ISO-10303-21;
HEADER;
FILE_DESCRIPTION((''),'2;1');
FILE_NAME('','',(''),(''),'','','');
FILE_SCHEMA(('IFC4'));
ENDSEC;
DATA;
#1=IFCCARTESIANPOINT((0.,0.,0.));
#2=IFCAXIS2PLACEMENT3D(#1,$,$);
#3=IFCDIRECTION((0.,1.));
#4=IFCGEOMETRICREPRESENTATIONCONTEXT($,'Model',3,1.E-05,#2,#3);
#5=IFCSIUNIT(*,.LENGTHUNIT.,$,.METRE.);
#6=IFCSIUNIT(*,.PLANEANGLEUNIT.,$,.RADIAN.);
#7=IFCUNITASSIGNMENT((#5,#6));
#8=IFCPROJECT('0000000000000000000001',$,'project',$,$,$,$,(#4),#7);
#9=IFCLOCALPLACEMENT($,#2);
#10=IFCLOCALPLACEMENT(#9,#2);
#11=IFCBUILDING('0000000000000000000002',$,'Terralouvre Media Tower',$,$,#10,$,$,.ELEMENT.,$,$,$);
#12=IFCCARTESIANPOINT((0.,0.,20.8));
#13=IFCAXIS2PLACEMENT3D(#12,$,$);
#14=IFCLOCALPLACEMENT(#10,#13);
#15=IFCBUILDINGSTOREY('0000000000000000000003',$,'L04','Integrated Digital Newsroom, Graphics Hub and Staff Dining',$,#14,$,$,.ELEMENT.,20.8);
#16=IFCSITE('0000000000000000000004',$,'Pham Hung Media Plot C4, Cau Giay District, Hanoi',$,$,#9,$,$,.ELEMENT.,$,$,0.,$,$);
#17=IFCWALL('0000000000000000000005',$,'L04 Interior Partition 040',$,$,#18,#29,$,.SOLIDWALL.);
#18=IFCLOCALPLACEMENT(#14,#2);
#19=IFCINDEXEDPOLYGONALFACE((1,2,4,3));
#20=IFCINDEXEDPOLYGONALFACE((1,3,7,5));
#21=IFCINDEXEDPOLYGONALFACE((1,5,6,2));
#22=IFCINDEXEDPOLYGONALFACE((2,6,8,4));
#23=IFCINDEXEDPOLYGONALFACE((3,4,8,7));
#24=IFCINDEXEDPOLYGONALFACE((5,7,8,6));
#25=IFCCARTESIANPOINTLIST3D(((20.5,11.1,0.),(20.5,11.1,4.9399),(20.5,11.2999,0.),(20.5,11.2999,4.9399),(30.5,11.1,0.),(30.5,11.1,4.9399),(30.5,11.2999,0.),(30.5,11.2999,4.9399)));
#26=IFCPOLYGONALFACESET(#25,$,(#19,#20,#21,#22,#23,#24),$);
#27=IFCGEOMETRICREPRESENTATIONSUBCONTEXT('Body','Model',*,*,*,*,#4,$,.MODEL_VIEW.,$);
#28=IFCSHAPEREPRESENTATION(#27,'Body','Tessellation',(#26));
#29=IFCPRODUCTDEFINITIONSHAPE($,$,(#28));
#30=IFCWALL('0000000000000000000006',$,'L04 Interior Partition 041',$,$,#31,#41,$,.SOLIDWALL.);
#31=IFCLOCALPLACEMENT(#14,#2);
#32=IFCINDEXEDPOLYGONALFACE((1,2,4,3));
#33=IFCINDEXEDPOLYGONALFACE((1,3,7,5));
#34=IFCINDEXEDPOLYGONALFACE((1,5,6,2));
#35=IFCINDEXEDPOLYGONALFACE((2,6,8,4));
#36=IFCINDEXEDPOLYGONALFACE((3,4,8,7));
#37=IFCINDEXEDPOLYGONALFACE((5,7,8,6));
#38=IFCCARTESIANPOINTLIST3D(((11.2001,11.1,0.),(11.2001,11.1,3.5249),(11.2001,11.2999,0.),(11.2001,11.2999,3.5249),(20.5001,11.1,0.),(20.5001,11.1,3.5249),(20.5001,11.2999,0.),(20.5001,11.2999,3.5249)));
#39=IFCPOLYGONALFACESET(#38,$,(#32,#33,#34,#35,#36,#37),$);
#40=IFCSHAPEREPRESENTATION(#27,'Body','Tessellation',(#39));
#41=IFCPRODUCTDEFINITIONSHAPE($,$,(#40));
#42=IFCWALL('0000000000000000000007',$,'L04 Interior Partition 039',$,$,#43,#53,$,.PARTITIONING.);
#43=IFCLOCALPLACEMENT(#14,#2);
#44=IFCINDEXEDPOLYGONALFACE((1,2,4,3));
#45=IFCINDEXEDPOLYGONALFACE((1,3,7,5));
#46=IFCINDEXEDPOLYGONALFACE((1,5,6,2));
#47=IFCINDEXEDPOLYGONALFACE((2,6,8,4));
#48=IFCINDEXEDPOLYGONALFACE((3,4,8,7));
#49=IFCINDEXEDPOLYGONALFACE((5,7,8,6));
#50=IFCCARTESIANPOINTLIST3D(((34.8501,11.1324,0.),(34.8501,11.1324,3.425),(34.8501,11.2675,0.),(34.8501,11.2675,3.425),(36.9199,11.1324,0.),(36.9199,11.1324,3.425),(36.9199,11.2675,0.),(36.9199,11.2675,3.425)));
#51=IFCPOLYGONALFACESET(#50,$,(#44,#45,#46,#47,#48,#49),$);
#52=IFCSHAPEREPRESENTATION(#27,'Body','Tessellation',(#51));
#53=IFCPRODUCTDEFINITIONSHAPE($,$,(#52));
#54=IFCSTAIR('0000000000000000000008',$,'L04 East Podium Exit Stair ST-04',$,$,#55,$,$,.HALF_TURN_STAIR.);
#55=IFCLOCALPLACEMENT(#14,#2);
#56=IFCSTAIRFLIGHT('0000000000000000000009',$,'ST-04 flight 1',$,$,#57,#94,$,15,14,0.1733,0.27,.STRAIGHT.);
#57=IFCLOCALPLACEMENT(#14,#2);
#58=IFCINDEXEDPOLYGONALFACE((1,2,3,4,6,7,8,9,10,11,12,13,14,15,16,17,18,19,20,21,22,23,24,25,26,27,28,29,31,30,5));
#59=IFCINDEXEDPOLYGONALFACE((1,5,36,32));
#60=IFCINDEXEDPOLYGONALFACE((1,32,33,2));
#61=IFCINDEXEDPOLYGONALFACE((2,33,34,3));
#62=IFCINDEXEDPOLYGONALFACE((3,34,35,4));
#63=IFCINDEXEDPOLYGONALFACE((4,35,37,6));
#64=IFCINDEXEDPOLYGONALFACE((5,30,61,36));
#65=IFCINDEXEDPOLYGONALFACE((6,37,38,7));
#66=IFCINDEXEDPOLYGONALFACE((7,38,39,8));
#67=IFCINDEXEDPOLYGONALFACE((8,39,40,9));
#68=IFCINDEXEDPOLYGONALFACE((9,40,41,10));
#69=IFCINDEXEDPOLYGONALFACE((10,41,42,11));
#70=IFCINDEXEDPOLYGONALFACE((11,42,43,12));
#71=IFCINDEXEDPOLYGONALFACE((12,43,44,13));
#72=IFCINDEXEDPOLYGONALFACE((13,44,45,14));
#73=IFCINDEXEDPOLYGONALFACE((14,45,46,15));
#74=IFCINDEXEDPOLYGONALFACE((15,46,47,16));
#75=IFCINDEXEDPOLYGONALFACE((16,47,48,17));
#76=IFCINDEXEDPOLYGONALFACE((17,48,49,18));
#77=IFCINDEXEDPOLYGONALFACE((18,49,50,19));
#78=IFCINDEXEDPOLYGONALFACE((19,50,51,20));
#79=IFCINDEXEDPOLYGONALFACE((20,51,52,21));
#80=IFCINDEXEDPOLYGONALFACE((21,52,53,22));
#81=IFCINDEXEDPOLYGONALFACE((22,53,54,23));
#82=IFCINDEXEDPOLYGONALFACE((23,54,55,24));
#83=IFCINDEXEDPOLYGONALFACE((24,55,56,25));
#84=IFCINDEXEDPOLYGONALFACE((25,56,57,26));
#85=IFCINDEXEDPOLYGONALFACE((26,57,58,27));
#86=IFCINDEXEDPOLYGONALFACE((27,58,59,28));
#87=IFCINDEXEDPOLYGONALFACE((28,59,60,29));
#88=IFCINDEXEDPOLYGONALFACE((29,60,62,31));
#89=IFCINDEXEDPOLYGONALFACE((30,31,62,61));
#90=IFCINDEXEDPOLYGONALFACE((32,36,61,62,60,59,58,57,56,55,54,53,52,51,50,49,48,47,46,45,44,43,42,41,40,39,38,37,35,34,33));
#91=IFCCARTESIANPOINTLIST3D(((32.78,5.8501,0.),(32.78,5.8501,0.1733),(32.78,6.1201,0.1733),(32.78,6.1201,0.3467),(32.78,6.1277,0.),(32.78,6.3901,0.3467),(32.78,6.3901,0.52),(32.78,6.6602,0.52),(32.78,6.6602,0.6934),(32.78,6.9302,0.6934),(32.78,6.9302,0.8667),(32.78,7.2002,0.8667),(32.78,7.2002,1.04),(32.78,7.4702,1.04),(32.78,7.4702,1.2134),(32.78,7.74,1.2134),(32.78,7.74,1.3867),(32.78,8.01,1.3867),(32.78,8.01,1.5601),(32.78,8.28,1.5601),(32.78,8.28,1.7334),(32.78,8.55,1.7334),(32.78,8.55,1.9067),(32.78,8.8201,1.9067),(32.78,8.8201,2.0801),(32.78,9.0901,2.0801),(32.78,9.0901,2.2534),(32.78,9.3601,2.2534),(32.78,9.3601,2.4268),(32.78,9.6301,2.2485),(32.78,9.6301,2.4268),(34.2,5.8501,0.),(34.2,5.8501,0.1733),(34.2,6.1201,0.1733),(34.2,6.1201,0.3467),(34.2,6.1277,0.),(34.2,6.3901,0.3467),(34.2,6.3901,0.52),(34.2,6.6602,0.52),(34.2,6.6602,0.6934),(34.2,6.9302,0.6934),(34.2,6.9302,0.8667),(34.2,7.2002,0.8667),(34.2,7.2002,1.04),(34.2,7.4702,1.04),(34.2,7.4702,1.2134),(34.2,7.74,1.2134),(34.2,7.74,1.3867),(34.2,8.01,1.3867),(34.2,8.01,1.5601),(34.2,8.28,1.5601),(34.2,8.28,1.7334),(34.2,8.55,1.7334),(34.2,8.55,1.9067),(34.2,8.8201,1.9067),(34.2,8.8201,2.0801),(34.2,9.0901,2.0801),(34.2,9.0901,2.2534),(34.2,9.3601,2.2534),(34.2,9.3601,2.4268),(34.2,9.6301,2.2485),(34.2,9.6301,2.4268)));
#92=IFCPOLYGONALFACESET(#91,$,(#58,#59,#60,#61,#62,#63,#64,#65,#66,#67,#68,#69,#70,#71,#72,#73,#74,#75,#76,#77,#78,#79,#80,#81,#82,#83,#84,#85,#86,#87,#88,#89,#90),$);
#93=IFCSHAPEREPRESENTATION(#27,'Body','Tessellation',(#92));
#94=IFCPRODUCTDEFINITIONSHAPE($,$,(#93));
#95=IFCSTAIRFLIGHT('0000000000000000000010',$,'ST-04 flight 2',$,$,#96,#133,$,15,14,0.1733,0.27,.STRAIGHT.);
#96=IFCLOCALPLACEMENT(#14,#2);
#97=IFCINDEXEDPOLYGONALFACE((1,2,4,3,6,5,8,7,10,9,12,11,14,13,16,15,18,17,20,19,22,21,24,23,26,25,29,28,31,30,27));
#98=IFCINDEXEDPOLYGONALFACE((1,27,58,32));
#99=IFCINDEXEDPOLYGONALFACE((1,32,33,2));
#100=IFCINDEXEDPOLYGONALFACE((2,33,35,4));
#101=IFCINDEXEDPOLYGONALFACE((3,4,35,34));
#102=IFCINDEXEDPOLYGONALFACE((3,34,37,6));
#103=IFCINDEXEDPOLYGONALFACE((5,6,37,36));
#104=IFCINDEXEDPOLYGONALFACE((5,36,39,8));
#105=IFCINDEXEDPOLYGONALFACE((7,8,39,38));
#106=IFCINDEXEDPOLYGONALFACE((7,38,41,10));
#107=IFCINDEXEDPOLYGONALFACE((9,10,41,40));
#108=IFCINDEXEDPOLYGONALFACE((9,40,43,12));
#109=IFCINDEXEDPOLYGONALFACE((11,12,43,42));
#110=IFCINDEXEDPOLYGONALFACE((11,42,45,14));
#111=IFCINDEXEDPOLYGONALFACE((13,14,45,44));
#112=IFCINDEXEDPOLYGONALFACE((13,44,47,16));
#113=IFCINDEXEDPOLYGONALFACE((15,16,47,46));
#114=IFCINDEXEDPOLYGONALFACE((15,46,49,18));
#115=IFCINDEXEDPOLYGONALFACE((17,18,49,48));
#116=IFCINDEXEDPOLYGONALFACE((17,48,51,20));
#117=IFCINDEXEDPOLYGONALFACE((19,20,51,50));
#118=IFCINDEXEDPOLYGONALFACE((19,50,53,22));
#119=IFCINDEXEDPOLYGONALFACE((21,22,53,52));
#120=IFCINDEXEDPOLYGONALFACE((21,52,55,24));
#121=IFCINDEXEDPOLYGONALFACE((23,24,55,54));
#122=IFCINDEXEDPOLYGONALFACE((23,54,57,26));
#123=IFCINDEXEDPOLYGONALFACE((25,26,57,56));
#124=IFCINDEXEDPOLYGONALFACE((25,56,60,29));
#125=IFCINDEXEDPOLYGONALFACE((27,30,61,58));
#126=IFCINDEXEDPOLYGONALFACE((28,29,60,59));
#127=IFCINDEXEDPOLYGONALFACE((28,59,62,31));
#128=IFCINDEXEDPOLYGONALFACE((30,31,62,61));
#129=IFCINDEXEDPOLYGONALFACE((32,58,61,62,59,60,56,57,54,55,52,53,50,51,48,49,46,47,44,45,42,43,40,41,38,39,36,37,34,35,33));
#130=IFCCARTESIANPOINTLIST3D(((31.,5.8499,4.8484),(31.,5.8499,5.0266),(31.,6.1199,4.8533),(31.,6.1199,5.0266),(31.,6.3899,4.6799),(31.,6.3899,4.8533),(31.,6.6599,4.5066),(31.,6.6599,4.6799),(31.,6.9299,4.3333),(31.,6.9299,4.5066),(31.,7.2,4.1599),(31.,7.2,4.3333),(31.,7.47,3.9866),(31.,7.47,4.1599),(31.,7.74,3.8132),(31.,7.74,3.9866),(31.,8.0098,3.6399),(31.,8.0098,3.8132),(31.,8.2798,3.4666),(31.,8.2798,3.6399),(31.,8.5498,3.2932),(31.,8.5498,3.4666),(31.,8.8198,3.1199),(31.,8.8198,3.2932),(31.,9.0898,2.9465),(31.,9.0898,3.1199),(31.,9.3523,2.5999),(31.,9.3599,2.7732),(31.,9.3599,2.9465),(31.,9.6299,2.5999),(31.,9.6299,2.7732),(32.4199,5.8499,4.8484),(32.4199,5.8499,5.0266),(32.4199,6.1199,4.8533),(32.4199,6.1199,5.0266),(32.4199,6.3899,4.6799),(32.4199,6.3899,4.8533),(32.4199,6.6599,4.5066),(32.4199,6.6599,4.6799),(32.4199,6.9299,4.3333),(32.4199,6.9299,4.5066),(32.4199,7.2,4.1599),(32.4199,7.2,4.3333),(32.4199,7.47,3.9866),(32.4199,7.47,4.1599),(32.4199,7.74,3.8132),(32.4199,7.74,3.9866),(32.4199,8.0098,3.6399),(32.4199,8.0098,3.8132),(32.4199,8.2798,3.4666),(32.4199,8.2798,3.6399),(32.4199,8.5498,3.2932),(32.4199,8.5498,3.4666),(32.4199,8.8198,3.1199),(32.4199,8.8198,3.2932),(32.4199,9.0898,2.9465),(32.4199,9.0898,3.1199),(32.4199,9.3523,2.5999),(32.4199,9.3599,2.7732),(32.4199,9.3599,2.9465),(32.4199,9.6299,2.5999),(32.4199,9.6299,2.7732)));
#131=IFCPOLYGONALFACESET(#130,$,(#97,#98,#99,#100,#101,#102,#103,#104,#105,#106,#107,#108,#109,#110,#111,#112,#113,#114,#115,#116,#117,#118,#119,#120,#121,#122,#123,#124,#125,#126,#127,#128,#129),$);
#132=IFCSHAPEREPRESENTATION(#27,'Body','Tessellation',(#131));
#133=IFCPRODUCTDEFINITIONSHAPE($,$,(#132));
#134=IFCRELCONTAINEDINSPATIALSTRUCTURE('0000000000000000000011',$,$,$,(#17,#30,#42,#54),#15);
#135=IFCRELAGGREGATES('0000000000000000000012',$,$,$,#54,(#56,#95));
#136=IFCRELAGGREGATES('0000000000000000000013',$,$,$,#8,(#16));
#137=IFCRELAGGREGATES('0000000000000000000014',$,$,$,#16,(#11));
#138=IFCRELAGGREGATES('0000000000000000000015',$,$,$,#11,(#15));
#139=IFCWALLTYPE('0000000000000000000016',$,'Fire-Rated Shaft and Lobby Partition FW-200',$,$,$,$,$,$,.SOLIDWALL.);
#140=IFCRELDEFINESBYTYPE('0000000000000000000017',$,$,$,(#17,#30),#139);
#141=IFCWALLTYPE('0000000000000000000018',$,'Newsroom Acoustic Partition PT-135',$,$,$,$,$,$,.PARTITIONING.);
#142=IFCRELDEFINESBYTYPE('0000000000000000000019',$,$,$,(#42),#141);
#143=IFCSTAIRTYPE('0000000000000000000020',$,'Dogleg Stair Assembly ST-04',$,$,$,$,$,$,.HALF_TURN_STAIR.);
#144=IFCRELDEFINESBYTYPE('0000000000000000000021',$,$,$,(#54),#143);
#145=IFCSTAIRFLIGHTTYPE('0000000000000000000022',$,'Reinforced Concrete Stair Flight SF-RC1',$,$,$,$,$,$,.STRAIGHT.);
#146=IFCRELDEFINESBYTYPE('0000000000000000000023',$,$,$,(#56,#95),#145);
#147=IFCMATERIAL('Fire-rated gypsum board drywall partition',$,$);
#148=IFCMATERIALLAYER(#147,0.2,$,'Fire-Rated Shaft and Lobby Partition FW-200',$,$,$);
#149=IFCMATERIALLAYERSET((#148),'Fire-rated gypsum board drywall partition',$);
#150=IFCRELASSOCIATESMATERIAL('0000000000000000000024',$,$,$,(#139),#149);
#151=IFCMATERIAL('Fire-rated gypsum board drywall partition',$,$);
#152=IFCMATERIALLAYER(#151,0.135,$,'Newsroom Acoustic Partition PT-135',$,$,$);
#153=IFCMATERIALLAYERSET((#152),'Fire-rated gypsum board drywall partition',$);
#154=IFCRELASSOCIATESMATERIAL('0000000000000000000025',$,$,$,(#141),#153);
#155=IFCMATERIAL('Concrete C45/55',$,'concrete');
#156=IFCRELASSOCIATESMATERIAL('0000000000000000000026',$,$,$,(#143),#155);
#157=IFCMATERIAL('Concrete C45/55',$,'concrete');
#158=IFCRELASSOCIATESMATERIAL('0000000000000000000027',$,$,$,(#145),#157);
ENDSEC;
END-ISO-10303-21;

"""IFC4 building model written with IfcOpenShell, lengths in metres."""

from ifc_helpers import new_model, si_unit, direction, frame, frame_2d, origin, place, context, subcontext, project, spatial, polyline, rectangle, outline, extrude, material, layer, layer_set, type_object, element, aggregate, save


model = new_model("IFC4")

# Units and contexts
model_context = context("Model", 3, precision=1e-05, world=origin(), true_north=direction((0.0, 1.0)))
body_context = subcontext(model_context, "Body", "Model", "MODEL_VIEW")
ifc_project = project(units=[si_unit("LENGTHUNIT", "METRE"), si_unit("PLANEANGLEUNIT", "RADIAN")], contexts=[model_context])

# Site, building, storey
site_placement = place(None, origin())
site = spatial("IfcSite", under=ifc_project, at=site_placement, Name="Pham Hung Media Plot C4, Cau Giay District, Hanoi", CompositionType="ELEMENT", RefElevation=0.0)
building_placement = place(site_placement, origin())
building = spatial("IfcBuilding", under=site, at=building_placement, Name="Terralouvre Media Tower", CompositionType="ELEMENT")
storey_placement = place(building_placement, frame((0.0, 0.0, 20.8)))
storey = spatial("IfcBuildingStorey", under=building, at=storey_placement, Name="L04", Description="Integrated Digital Newsroom, Graphics Hub and Staff Dining", CompositionType="ELEMENT", Elevation=20.8)

# Shared definitions
ifc_material_1 = material(Name="Fire-rated gypsum board drywall partition")
ifc_layer_1 = layer(ifc_material_1, 0.2, Name="Fire-Rated Shaft and Lobby Partition FW-200")
ifc_layer_set_1 = layer_set([ifc_layer_1], Name="Fire-rated gypsum board drywall partition")
wall_type_1 = type_object("IfcWallType", Name="Fire-Rated Shaft and Lobby Partition FW-200", PredefinedType="SOLIDWALL", material=ifc_layer_set_1)

# Walls
wall_1_placement = place(storey_placement, frame((30.5, 11.2, 0.0), z_axis=(0.0, 0.0, 1.0), x_axis=(-1.0, 0.0, 0.0)))
element("IfcWall", 1, at=wall_1_placement, inside=storey, type_object=wall_type_1, Name="L04 Interior Partition 040", PredefinedType="SOLIDWALL", context=body_context, shape_type="SweptSolid", body=[
    extrude(rectangle(XDim=10.0, YDim=0.2, at=frame_2d((5.0, 0.0))), origin(), (0.0, 0.0, 1.0), 4.9399),
])
wall_2_placement = place(storey_placement, frame((20.5, 11.2, 0.0), z_axis=(0.0, 0.0, 1.0), x_axis=(-1.0, 0.0, 0.0)))
element("IfcWall", 2, at=wall_2_placement, inside=storey, type_object=wall_type_1, Name="L04 Interior Partition 041", PredefinedType="SOLIDWALL", context=body_context, shape_type="SweptSolid", body=[
    extrude(rectangle(XDim=9.3, YDim=0.2, at=frame_2d((4.6499, 0.0))), origin(), (0.0, 0.0, 1.0), 3.5249),
])
ifc_material_2 = material(Name="Fire-rated gypsum board drywall partition")
ifc_layer_2 = layer(ifc_material_2, 0.135, Name="Newsroom Acoustic Partition PT-135")
ifc_layer_set_2 = layer_set([ifc_layer_2], Name="Fire-rated gypsum board drywall partition")
wall_type_2 = type_object("IfcWallType", Name="Newsroom Acoustic Partition PT-135", PredefinedType="PARTITIONING", material=ifc_layer_set_2)
wall_3_placement = place(storey_placement, frame((36.9199, 11.2, 0.0), z_axis=(0.0, 0.0, 1.0), x_axis=(-1.0, 0.0, 0.0)))
element("IfcWall", 3, at=wall_3_placement, inside=storey, type_object=wall_type_2, Name="L04 Interior Partition 039", PredefinedType="PARTITIONING", context=body_context, shape_type="SweptSolid", body=[
    extrude(rectangle(XDim=2.0698, YDim=0.135, at=frame_2d((1.0349, 0.0))), origin(), (0.0, 0.0, 1.0), 3.425),
])

# Stair, stair flights
ifc_material_3 = material(Name="Concrete C45/55", Category="concrete")
stair_type = type_object("IfcStairType", Name="Dogleg Stair Assembly ST-04", PredefinedType="HALF_TURN_STAIR", material=ifc_material_3)
stair_placement = place(storey_placement, origin())
stair = element("IfcStair", 4, at=stair_placement, inside=storey, type_object=stair_type, Name="L04 East Podium Exit Stair ST-04", PredefinedType="HALF_TURN_STAIR")
ifc_material_4 = material(Name="Concrete C45/55", Category="concrete")
stair_flight_type = type_object("IfcStairFlightType", Name="Reinforced Concrete Stair Flight SF-RC1", PredefinedType="STRAIGHT", material=ifc_material_4)
stair_flight_1_placement = place(storey_placement, frame((33.49, 5.8501, 0.0), z_axis=(0.0, 0.0, 1.0), x_axis=(0.0, 1.0, 0.0)))
stair_flight_1 = element("IfcStairFlight", 5, at=stair_flight_1_placement, type_object=stair_flight_type, Name="ST-04 flight 1", NumberOfRisers=15, NumberOfTreads=14, PredefinedType="STRAIGHT", RiserHeight=0.1733, TreadLength=0.27, context=body_context, shape_type="SweptSolid", body=[
    extrude(outline(polyline([(0.0, 0.0), (0.0, 0.1733), (0.27, 0.1733), (0.27, 0.3467), (0.54, 0.3467), (0.54, 0.52), (0.8101, 0.52), (0.8101, 0.6934), (1.0801, 0.6934), (1.0801, 0.8667), (1.3501, 0.8667), (1.3501, 1.04), (1.6201, 1.04), (1.6201, 1.2134), (1.8899, 1.2134), (1.8899, 1.3867), (2.1599, 1.3867), (2.1599, 1.5601), (2.4299, 1.5601), (2.4299, 1.7334), (2.7, 1.7334), (2.7, 1.9067), (2.97, 1.9067), (2.97, 2.0801), (3.24, 2.0801), (3.24, 2.2534), (3.51, 2.2534), (3.51, 2.4268), (3.78, 2.4268), (3.78, 2.6001), (3.78, 2.2485), (0.2776, 0.0), (0.0, 0.0)])), frame((0.0, 0.71, 0.0), z_axis=(0.0, -1.0, 0.0), x_axis=(1.0, 0.0, 0.0)), (0.0, 0.0, 1.0), 1.4199),
])
stair_flight_2_placement = place(storey_placement, frame((31.71, 9.6299, 2.5999), z_axis=(0.0, 0.0, 1.0), x_axis=(0.0, -1.0, 0.0)))
stair_flight_2 = element("IfcStairFlight", 6, at=stair_flight_2_placement, type_object=stair_flight_type, Name="ST-04 flight 2", NumberOfRisers=15, NumberOfTreads=14, PredefinedType="STRAIGHT", RiserHeight=0.1733, TreadLength=0.27, context=body_context, shape_type="SweptSolid", body=[
    extrude(outline(polyline([(0.0, 0.0), (0.0, 0.1733), (0.27, 0.1733), (0.27, 0.3467), (0.54, 0.3467), (0.54, 0.52), (0.8101, 0.52), (0.8101, 0.6934), (1.0801, 0.6934), (1.0801, 0.8667), (1.3501, 0.8667), (1.3501, 1.04), (1.6201, 1.04), (1.6201, 1.2134), (1.8899, 1.2134), (1.8899, 1.3867), (2.1599, 1.3867), (2.1599, 1.5601), (2.4299, 1.5601), (2.4299, 1.7334), (2.7, 1.7334), (2.7, 1.9067), (2.97, 1.9067), (2.97, 2.0801), (3.24, 2.0801), (3.24, 2.2534), (3.51, 2.2534), (3.51, 2.4268), (3.78, 2.4268), (3.78, 2.6001), (3.78, 2.2485), (0.2776, 0.0), (0.0, 0.0)])), frame((0.0, 0.71, 0.0), z_axis=(0.0, -1.0, 0.0), x_axis=(1.0, 0.0, 0.0)), (0.0, 0.0, 1.0), 1.4199),
])
aggregate(stair, [stair_flight_1, stair_flight_2])

save(model, "model.ifc")
